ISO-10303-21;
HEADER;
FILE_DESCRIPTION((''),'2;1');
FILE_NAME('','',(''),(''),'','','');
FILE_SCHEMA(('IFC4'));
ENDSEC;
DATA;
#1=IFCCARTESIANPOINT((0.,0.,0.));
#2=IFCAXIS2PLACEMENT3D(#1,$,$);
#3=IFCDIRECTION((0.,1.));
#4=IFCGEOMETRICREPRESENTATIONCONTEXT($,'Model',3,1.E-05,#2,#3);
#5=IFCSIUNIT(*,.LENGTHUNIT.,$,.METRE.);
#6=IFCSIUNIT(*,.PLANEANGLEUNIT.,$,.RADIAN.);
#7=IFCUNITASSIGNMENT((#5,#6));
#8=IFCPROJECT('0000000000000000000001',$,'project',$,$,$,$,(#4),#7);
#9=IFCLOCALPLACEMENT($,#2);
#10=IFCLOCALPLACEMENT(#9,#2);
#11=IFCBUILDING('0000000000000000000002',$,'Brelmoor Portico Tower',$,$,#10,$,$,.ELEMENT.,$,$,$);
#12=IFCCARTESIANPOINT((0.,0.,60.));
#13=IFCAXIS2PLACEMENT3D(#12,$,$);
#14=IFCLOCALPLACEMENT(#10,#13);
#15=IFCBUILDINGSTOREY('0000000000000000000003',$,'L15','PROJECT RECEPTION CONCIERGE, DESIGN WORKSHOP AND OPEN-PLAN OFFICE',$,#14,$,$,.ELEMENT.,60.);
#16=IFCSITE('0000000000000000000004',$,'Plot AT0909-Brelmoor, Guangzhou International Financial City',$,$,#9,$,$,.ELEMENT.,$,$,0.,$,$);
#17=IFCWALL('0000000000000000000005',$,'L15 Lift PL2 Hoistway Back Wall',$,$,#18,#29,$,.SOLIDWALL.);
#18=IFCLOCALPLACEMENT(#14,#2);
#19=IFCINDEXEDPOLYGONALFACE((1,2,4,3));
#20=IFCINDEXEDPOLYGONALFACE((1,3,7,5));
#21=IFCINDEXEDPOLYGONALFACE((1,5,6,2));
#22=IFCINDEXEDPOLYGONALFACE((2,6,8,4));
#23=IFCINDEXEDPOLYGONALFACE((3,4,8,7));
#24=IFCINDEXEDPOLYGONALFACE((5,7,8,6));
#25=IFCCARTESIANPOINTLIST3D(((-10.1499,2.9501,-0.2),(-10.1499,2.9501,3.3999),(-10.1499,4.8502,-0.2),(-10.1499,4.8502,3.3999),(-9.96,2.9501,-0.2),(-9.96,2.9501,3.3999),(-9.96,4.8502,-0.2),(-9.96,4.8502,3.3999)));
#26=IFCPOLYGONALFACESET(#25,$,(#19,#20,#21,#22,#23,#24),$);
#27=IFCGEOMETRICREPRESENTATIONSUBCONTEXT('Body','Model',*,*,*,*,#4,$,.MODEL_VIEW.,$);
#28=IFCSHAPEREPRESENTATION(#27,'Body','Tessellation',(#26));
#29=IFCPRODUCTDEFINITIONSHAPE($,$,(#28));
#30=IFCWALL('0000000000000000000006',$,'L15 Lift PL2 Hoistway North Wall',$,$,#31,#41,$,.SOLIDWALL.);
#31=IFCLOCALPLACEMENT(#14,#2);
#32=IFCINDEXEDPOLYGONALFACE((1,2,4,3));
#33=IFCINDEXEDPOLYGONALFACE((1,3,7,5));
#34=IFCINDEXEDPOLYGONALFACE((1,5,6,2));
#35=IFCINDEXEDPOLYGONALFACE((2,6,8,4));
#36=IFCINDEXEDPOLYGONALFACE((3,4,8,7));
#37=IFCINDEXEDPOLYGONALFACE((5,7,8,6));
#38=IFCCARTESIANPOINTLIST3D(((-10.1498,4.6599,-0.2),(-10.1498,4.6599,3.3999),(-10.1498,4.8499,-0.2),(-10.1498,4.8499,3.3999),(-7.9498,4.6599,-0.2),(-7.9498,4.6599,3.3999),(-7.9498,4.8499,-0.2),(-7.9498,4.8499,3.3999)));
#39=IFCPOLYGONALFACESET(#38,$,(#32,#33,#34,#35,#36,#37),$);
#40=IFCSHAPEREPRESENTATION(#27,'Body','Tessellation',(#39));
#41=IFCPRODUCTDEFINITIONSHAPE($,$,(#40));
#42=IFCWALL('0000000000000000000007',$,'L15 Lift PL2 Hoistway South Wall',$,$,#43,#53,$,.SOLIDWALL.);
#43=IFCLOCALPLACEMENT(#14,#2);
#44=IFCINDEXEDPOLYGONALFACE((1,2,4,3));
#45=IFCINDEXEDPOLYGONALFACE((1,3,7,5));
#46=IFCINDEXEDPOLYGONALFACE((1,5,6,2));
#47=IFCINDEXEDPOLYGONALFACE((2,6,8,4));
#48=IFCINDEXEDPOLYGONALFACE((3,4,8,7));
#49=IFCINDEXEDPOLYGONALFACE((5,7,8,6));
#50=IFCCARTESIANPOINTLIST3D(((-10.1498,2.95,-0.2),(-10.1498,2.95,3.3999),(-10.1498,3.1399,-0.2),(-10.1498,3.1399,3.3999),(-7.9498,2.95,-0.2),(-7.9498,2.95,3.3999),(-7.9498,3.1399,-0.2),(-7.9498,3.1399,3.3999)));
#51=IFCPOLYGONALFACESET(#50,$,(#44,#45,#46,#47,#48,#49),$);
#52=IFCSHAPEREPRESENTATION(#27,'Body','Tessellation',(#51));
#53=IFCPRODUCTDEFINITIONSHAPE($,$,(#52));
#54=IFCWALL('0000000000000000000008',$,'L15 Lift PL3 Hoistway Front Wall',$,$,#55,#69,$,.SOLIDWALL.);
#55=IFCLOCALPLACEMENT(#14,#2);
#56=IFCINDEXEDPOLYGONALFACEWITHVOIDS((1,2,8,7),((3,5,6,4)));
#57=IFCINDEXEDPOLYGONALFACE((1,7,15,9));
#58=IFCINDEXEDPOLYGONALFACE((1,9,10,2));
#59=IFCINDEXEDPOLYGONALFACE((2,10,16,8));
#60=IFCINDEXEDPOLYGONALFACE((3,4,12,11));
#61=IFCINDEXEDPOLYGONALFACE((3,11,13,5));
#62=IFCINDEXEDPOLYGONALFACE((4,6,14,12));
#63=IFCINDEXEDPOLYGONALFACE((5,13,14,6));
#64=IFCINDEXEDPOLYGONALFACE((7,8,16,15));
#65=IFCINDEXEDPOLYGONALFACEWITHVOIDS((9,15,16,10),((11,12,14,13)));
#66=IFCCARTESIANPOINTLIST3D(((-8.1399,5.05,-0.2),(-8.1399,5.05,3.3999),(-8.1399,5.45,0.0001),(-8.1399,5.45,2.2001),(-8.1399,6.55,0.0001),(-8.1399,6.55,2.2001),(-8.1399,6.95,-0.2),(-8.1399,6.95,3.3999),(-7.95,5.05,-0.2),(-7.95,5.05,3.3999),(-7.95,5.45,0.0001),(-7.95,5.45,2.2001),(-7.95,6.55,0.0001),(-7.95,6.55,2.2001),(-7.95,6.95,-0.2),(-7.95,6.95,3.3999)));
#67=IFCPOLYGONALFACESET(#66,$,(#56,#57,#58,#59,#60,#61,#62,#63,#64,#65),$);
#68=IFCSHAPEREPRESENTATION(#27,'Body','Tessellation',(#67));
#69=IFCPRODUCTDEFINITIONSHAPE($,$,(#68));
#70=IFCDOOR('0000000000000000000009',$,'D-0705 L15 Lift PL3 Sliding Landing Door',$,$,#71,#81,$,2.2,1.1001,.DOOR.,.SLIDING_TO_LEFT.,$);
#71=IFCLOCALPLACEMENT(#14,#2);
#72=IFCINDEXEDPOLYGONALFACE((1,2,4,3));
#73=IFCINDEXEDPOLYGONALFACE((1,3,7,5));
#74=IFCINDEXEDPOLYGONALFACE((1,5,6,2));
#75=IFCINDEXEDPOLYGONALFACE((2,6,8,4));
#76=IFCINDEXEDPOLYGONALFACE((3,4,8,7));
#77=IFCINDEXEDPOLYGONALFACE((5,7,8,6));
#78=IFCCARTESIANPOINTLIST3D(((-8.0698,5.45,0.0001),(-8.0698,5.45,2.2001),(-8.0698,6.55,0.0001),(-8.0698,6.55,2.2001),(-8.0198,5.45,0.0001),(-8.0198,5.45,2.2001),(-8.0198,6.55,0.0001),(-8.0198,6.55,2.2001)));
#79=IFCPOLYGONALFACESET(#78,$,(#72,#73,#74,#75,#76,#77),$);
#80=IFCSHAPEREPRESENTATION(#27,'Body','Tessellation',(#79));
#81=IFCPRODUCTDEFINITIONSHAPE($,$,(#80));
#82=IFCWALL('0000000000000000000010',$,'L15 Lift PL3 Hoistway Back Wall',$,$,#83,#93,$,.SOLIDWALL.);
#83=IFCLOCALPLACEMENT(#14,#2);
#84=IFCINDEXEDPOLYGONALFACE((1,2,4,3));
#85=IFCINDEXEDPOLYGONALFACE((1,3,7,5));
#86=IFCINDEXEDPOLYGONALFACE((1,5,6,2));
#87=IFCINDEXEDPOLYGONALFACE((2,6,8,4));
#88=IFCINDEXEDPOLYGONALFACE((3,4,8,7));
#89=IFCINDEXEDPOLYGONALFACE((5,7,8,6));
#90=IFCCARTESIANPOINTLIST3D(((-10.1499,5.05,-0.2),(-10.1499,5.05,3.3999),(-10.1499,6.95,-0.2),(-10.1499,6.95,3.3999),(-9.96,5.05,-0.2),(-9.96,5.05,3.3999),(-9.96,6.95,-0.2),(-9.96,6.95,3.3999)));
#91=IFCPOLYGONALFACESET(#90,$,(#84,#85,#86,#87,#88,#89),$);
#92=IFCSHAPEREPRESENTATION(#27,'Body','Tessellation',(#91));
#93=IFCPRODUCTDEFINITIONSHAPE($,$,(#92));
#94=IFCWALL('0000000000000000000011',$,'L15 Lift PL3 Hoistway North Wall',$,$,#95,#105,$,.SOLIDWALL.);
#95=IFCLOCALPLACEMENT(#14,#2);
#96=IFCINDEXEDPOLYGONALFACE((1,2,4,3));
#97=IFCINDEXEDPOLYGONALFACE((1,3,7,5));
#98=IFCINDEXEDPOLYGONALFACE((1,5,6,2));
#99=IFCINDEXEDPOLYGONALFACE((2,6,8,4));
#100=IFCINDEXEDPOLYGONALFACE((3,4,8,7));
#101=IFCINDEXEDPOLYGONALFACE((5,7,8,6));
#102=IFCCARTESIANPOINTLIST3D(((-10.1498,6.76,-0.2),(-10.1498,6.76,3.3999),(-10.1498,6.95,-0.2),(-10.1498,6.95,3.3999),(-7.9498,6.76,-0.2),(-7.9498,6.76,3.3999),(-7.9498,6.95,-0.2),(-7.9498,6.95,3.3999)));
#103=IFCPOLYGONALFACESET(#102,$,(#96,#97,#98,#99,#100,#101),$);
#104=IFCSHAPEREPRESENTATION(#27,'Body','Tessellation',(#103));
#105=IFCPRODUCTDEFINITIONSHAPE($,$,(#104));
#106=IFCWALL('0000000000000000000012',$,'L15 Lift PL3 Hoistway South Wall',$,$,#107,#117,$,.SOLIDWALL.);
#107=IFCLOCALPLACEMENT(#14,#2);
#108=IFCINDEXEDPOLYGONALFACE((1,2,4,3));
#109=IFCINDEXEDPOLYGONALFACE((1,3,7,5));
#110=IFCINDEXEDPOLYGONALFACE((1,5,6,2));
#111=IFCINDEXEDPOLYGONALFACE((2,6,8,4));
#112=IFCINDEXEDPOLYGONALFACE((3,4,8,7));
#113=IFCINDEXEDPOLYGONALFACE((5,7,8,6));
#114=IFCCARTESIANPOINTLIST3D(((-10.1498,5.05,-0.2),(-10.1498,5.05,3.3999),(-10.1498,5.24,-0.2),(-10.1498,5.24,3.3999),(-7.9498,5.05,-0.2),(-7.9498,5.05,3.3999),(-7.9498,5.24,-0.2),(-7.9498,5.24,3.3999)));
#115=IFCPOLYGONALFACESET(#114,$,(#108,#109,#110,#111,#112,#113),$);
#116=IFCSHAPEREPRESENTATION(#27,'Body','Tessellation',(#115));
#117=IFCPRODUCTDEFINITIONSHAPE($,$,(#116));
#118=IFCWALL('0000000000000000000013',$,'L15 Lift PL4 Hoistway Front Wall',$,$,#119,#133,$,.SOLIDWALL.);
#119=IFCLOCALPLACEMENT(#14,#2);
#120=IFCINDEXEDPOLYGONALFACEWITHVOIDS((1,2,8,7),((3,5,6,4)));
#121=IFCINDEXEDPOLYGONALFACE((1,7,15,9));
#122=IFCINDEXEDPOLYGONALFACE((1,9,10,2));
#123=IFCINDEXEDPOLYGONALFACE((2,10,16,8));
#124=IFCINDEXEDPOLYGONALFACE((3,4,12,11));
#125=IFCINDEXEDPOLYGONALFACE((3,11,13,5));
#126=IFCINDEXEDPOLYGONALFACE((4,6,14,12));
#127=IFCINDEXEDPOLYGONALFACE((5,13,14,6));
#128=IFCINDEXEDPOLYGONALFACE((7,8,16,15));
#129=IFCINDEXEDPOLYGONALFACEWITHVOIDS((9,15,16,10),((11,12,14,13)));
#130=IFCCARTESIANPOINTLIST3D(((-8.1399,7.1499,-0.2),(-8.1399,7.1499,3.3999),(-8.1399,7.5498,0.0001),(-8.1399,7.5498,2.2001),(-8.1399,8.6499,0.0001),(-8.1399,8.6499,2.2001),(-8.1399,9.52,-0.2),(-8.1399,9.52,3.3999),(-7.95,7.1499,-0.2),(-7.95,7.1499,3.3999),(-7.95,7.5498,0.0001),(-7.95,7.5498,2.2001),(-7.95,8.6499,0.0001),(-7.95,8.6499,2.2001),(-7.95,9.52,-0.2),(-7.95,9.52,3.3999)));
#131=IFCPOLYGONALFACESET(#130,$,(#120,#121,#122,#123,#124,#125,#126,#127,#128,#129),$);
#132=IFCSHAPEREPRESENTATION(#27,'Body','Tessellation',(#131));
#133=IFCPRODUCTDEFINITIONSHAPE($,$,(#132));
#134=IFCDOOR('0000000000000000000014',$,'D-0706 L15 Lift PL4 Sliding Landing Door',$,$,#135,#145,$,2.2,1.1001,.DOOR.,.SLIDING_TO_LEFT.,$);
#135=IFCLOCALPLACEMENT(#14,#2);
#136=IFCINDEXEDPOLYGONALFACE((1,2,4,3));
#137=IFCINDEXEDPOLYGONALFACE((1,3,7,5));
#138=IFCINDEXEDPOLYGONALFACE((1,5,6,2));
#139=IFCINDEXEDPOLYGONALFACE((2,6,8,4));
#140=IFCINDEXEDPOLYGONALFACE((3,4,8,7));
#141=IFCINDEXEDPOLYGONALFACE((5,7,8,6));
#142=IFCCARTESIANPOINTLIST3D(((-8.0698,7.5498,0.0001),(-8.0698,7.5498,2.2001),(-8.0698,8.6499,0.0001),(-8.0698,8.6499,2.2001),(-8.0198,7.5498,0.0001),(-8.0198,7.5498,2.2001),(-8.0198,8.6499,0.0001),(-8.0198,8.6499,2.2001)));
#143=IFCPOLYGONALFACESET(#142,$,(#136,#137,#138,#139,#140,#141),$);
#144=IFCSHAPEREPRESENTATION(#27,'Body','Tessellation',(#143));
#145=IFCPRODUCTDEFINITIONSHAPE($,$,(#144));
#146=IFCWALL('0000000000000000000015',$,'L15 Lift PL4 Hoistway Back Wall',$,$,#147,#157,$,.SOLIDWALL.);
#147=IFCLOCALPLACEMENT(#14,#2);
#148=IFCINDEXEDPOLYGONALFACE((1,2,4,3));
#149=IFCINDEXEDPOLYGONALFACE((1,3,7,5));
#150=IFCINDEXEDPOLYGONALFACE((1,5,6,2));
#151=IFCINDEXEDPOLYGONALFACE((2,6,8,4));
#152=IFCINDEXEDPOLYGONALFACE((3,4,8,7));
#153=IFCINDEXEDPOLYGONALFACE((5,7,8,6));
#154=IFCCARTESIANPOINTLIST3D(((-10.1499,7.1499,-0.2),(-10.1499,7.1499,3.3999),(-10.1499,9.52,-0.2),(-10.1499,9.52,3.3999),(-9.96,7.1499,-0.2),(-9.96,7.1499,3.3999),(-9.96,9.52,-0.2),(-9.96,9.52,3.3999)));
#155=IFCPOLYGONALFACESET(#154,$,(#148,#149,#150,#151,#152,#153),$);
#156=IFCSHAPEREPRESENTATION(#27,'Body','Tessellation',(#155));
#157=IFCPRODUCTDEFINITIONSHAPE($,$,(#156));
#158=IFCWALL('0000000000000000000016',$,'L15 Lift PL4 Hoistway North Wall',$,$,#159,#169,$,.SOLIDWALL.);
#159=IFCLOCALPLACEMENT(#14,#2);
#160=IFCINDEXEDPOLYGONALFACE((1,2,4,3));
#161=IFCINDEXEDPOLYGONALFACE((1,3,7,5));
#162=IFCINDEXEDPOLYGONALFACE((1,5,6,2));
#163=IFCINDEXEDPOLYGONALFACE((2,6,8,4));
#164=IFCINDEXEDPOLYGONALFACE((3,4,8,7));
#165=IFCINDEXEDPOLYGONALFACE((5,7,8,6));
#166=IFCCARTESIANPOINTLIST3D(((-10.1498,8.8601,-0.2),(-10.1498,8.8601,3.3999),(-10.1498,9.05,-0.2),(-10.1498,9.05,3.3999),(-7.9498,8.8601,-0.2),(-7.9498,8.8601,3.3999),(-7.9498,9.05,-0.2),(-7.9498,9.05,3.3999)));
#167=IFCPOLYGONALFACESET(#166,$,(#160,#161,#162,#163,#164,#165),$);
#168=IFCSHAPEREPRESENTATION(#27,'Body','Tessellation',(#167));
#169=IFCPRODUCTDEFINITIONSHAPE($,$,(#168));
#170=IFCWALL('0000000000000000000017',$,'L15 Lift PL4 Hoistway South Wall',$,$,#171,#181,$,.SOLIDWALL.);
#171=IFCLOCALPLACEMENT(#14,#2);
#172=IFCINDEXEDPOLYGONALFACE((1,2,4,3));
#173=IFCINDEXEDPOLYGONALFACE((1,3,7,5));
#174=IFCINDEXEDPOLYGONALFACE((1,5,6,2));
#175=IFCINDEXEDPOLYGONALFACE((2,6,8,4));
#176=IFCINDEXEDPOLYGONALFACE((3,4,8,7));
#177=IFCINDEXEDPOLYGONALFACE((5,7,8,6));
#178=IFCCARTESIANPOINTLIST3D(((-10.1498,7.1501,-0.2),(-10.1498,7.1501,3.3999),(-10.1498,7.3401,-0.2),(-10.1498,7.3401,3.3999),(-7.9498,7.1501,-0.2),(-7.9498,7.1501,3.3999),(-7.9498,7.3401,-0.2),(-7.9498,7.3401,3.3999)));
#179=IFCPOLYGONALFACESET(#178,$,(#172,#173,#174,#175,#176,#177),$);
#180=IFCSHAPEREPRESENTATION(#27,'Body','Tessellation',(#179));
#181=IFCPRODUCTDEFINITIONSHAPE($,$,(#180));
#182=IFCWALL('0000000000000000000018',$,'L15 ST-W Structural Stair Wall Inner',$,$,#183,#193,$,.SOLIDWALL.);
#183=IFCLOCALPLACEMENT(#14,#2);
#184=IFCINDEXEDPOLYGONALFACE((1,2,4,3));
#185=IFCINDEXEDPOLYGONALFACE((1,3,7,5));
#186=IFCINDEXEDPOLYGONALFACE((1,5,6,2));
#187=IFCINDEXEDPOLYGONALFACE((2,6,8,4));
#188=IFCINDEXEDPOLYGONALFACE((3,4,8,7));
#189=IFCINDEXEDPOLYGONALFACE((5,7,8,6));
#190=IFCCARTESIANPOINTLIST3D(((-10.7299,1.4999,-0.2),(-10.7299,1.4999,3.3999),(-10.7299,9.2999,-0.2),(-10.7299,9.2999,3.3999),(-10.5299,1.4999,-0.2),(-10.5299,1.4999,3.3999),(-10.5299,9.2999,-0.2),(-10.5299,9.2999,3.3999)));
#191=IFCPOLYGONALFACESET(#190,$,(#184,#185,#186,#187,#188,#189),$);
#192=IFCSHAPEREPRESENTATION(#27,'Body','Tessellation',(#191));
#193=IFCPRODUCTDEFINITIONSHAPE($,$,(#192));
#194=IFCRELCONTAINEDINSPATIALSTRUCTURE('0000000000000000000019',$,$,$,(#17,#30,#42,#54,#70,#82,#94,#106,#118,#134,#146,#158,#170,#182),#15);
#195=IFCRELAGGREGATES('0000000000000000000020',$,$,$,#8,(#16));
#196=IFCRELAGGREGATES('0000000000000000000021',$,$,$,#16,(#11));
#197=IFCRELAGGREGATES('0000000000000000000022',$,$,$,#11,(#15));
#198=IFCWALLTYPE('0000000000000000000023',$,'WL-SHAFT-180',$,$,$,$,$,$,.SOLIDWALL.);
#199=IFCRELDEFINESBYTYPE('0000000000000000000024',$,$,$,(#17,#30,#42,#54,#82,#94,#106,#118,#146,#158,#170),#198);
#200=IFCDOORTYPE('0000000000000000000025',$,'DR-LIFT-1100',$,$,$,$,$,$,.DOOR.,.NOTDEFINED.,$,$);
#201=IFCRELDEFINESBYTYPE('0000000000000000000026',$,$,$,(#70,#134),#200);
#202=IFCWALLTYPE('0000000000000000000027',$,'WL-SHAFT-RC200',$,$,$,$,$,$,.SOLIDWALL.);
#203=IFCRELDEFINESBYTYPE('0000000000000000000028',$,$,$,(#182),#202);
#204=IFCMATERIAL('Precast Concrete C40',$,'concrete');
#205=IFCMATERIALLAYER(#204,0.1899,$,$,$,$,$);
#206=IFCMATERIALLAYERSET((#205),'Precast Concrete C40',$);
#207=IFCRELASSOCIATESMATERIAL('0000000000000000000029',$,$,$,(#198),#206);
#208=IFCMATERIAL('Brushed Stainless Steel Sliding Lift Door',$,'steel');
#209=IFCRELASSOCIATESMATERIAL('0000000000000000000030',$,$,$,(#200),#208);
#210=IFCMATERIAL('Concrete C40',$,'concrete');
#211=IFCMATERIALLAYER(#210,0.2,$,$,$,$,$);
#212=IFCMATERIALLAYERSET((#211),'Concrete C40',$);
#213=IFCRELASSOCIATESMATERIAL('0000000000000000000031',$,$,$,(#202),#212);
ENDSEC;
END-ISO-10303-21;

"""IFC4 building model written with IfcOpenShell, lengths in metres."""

from ifc_helpers import new_model, si_unit, direction, frame, frame_2d, origin, place, context, subcontext, project, spatial, rectangle, extrude, material, layer, layer_set, type_object, element, fill, save


model = new_model("IFC4")

# Units and contexts
model_context = context("Model", 3, precision=1e-05, world=origin(), true_north=direction((0.0, 1.0)))
body_context = subcontext(model_context, "Body", "Model", "MODEL_VIEW")
ifc_project = project(units=[si_unit("LENGTHUNIT", "METRE"), si_unit("PLANEANGLEUNIT", "RADIAN")], contexts=[model_context])

# Site, building, storey
site_placement = place(None, origin())
site = spatial("IfcSite", under=ifc_project, at=site_placement, Name="Plot AT0909-Brelmoor, Guangzhou International Financial City", CompositionType="ELEMENT", RefElevation=0.0)
building_placement = place(site_placement, origin())
building = spatial("IfcBuilding", under=site, at=building_placement, Name="Brelmoor Portico Tower", CompositionType="ELEMENT")
storey_placement = place(building_placement, frame((0.0, 0.0, 60.0)))
storey = spatial("IfcBuildingStorey", under=building, at=storey_placement, Name="L15", Description="PROJECT RECEPTION CONCIERGE, DESIGN WORKSHOP AND OPEN-PLAN OFFICE", CompositionType="ELEMENT", Elevation=60.0)

# Shared definitions
ifc_material_1 = material(Name="Precast Concrete C40", Category="concrete")
ifc_layer_1 = layer(ifc_material_1, 0.1899)
ifc_layer_set_1 = layer_set([ifc_layer_1], Name="Precast Concrete C40")
wall_type_1 = type_object("IfcWallType", Name="WL-SHAFT-180", PredefinedType="SOLIDWALL", material=ifc_layer_set_1)
ifc_material_2 = material(Name="Brushed Stainless Steel Sliding Lift Door", Category="steel")
door_type_1 = type_object("IfcDoorType", Name="DR-LIFT-1100", OperationType="NOTDEFINED", PredefinedType="DOOR", material=ifc_material_2)

# Walls
wall_1_placement = place(storey_placement, frame((-10.0549, 2.95, -0.2), z_axis=(0.0, 0.0, 1.0), x_axis=(0.0, 1.0, 0.0)))
element("IfcWall", 1, at=wall_1_placement, inside=storey, type_object=wall_type_1, Name="L15 Lift PL2 Hoistway Back Wall", PredefinedType="SOLIDWALL", context=body_context, shape_type="SweptSolid", body=[
    extrude(rectangle(XDim=1.9001, YDim=0.1899, at=frame_2d((0.9502, 0.0))), origin(), (0.0, 0.0, 1.0), 3.5999),
])
for number, where, z_axis, x_axis, name in (
    (2, (-10.1499, 4.7549, -0.2), (0.0, 0.0, 1.0), (1.0, 0.0, 0.0), "L15 Lift PL2 Hoistway North Wall"),
    (3, (-10.1499, 3.0449, -0.2), (0.0, 0.0, 1.0), (1.0, 0.0, 0.0), "L15 Lift PL2 Hoistway South Wall"),
):
    element("IfcWall", number, at=place(storey_placement, frame(where, z_axis=z_axis, x_axis=x_axis)), inside=storey, type_object=wall_type_1, Name=name, PredefinedType="SOLIDWALL", context=body_context, shape_type="SweptSolid", body=[
        extrude(rectangle(XDim=2.2, YDim=0.1899, at=frame_2d((1.1001, 0.0))), origin(), (0.0, 0.0, 1.0), 3.5999),
    ])

# Wall, opening, door
wall_2_placement = place(storey_placement, frame((-8.0449, 5.05, -0.2), z_axis=(0.0, 0.0, 1.0), x_axis=(0.0, 1.0, 0.0)))
wall_2 = element("IfcWall", 4, at=wall_2_placement, inside=storey, type_object=wall_type_1, Name="L15 Lift PL3 Hoistway Front Wall", PredefinedType="SOLIDWALL", context=body_context, shape_type="SweptSolid", body=[
    extrude(rectangle(XDim=1.8999, YDim=0.1899, at=frame_2d((0.95, 0.0))), origin(), (0.0, 0.0, 1.0), 3.5999),
])
opening_1_placement = place(wall_2_placement, frame((0.3999, 0.0, 0.2)))
opening_1 = element("IfcOpeningElement", 5, at=opening_1_placement, cuts=wall_2, PredefinedType="OPENING", context=body_context, shape_type="SweptSolid", body=[
    extrude(rectangle(XDim=1.1001, YDim=2.2, at=frame_2d((0.55, 1.1001))), frame((0.0, 0.105, 0.0), z_axis=(0.0, -1.0, 0.0), x_axis=(1.0, 0.0, 0.0)), (0.0, 0.0, 1.0), 0.21),
])
door_1_placement = place(opening_1_placement, origin())
door_1 = element("IfcDoor", 6, at=door_1_placement, inside=storey, type_object=door_type_1, Name="D-0705 L15 Lift PL3 Sliding Landing Door", OperationType="SLIDING_TO_LEFT", OverallHeight=2.2, OverallWidth=1.1001, PredefinedType="DOOR", context=body_context, shape_type="SweptSolid", body=[
    extrude(rectangle(XDim=1.1001, YDim=2.2, at=frame_2d((0.55, 1.1001))), frame((0.0, 0.0249, 0.0), z_axis=(0.0, -1.0, 0.0), x_axis=(1.0, 0.0, 0.0)), (0.0, 0.0, 1.0), 0.05),
])
fill(opening_1, door_1)

# Walls
wall_3_placement = place(storey_placement, frame((-10.0549, 5.05, -0.2), z_axis=(0.0, 0.0, 1.0), x_axis=(0.0, 1.0, 0.0)))
element("IfcWall", 7, at=wall_3_placement, inside=storey, type_object=wall_type_1, Name="L15 Lift PL3 Hoistway Back Wall", PredefinedType="SOLIDWALL", context=body_context, shape_type="SweptSolid", body=[
    extrude(rectangle(XDim=1.8999, YDim=0.1899, at=frame_2d((0.95, 0.0))), origin(), (0.0, 0.0, 1.0), 3.5999),
])
for number, where, z_axis, x_axis, name in (
    (8, (-10.1499, 6.855, -0.2), (0.0, 0.0, 1.0), (1.0, 0.0, 0.0), "L15 Lift PL3 Hoistway North Wall"),
    (9, (-10.1499, 5.145, -0.2), (0.0, 0.0, 1.0), (1.0, 0.0, 0.0), "L15 Lift PL3 Hoistway South Wall"),
):
    element("IfcWall", number, at=place(storey_placement, frame(where, z_axis=z_axis, x_axis=x_axis)), inside=storey, type_object=wall_type_1, Name=name, PredefinedType="SOLIDWALL", context=body_context, shape_type="SweptSolid", body=[
        extrude(rectangle(XDim=2.2, YDim=0.1899, at=frame_2d((1.1001, 0.0))), origin(), (0.0, 0.0, 1.0), 3.5999),
    ])

# Wall, opening, door
wall_4_placement = place(storey_placement, frame((-8.0449, 7.1499, -0.2), z_axis=(0.0, 0.0, 1.0), x_axis=(0.0, 1.0, 0.0)))
wall_4 = element("IfcWall", 10, at=wall_4_placement, inside=storey, type_object=wall_type_1, Name="L15 Lift PL4 Hoistway Front Wall", PredefinedType="SOLIDWALL", context=body_context, shape_type="SweptSolid", body=[
    extrude(rectangle(XDim=2.3701, YDim=0.1899, at=frame_2d((1.1851, 0.0))), origin(), (0.0, 0.0, 1.0), 3.5999),
])
opening_2_placement = place(wall_4_placement, frame((0.3999, 0.0, 0.2)))
opening_2 = element("IfcOpeningElement", 11, at=opening_2_placement, cuts=wall_4, PredefinedType="OPENING", context=body_context, shape_type="SweptSolid", body=[
    extrude(rectangle(XDim=1.1001, YDim=2.2, at=frame_2d((0.55, 1.1001))), frame((0.0, 0.105, 0.0), z_axis=(0.0, -1.0, 0.0), x_axis=(1.0, 0.0, 0.0)), (0.0, 0.0, 1.0), 0.21),
])
door_2_placement = place(opening_2_placement, origin())
door_2 = element("IfcDoor", 12, at=door_2_placement, inside=storey, type_object=door_type_1, Name="D-0706 L15 Lift PL4 Sliding Landing Door", OperationType="SLIDING_TO_LEFT", OverallHeight=2.2, OverallWidth=1.1001, PredefinedType="DOOR", context=body_context, shape_type="SweptSolid", body=[
    extrude(rectangle(XDim=1.1001, YDim=2.2, at=frame_2d((0.55, 1.1001))), frame((0.0, 0.0249, 0.0), z_axis=(0.0, -1.0, 0.0), x_axis=(1.0, 0.0, 0.0)), (0.0, 0.0, 1.0), 0.05),
])
fill(opening_2, door_2)

# Walls
wall_5_placement = place(storey_placement, frame((-10.0549, 7.1499, -0.2), z_axis=(0.0, 0.0, 1.0), x_axis=(0.0, 1.0, 0.0)))
element("IfcWall", 13, at=wall_5_placement, inside=storey, type_object=wall_type_1, Name="L15 Lift PL4 Hoistway Back Wall", PredefinedType="SOLIDWALL", context=body_context, shape_type="SweptSolid", body=[
    extrude(rectangle(XDim=2.3701, YDim=0.1899, at=frame_2d((1.1851, 0.0))), origin(), (0.0, 0.0, 1.0), 3.5999),
])
for number, where, z_axis, x_axis, name in (
    (14, (-10.1499, 8.9551, -0.2), (0.0, 0.0, 1.0), (1.0, 0.0, 0.0), "L15 Lift PL4 Hoistway North Wall"),
    (15, (-10.1499, 7.2451, -0.2), (0.0, 0.0, 1.0), (1.0, 0.0, 0.0), "L15 Lift PL4 Hoistway South Wall"),
):
    element("IfcWall", number, at=place(storey_placement, frame(where, z_axis=z_axis, x_axis=x_axis)), inside=storey, type_object=wall_type_1, Name=name, PredefinedType="SOLIDWALL", context=body_context, shape_type="SweptSolid", body=[
        extrude(rectangle(XDim=2.2, YDim=0.1899, at=frame_2d((1.1001, 0.0))), origin(), (0.0, 0.0, 1.0), 3.5999),
    ])
ifc_material_3 = material(Name="Concrete C40", Category="concrete")
ifc_layer_2 = layer(ifc_material_3, 0.2)
ifc_layer_set_2 = layer_set([ifc_layer_2], Name="Concrete C40")
wall_type_2 = type_object("IfcWallType", Name="WL-SHAFT-RC200", PredefinedType="SOLIDWALL", material=ifc_layer_set_2)
wall_6_placement = place(storey_placement, frame((-10.6299, 1.5, -0.2), z_axis=(0.0, 0.0, 1.0), x_axis=(0.0, 1.0, 0.0)))
element("IfcWall", 16, at=wall_6_placement, inside=storey, type_object=wall_type_2, Name="L15 ST-W Structural Stair Wall Inner", PredefinedType="SOLIDWALL", context=body_context, shape_type="SweptSolid", body=[
    extrude(rectangle(XDim=7.8, YDim=0.2, at=frame_2d((3.8999, 0.0))), origin(), (0.0, 0.0, 1.0), 3.5999),
])

save(model, "model.ifc")
